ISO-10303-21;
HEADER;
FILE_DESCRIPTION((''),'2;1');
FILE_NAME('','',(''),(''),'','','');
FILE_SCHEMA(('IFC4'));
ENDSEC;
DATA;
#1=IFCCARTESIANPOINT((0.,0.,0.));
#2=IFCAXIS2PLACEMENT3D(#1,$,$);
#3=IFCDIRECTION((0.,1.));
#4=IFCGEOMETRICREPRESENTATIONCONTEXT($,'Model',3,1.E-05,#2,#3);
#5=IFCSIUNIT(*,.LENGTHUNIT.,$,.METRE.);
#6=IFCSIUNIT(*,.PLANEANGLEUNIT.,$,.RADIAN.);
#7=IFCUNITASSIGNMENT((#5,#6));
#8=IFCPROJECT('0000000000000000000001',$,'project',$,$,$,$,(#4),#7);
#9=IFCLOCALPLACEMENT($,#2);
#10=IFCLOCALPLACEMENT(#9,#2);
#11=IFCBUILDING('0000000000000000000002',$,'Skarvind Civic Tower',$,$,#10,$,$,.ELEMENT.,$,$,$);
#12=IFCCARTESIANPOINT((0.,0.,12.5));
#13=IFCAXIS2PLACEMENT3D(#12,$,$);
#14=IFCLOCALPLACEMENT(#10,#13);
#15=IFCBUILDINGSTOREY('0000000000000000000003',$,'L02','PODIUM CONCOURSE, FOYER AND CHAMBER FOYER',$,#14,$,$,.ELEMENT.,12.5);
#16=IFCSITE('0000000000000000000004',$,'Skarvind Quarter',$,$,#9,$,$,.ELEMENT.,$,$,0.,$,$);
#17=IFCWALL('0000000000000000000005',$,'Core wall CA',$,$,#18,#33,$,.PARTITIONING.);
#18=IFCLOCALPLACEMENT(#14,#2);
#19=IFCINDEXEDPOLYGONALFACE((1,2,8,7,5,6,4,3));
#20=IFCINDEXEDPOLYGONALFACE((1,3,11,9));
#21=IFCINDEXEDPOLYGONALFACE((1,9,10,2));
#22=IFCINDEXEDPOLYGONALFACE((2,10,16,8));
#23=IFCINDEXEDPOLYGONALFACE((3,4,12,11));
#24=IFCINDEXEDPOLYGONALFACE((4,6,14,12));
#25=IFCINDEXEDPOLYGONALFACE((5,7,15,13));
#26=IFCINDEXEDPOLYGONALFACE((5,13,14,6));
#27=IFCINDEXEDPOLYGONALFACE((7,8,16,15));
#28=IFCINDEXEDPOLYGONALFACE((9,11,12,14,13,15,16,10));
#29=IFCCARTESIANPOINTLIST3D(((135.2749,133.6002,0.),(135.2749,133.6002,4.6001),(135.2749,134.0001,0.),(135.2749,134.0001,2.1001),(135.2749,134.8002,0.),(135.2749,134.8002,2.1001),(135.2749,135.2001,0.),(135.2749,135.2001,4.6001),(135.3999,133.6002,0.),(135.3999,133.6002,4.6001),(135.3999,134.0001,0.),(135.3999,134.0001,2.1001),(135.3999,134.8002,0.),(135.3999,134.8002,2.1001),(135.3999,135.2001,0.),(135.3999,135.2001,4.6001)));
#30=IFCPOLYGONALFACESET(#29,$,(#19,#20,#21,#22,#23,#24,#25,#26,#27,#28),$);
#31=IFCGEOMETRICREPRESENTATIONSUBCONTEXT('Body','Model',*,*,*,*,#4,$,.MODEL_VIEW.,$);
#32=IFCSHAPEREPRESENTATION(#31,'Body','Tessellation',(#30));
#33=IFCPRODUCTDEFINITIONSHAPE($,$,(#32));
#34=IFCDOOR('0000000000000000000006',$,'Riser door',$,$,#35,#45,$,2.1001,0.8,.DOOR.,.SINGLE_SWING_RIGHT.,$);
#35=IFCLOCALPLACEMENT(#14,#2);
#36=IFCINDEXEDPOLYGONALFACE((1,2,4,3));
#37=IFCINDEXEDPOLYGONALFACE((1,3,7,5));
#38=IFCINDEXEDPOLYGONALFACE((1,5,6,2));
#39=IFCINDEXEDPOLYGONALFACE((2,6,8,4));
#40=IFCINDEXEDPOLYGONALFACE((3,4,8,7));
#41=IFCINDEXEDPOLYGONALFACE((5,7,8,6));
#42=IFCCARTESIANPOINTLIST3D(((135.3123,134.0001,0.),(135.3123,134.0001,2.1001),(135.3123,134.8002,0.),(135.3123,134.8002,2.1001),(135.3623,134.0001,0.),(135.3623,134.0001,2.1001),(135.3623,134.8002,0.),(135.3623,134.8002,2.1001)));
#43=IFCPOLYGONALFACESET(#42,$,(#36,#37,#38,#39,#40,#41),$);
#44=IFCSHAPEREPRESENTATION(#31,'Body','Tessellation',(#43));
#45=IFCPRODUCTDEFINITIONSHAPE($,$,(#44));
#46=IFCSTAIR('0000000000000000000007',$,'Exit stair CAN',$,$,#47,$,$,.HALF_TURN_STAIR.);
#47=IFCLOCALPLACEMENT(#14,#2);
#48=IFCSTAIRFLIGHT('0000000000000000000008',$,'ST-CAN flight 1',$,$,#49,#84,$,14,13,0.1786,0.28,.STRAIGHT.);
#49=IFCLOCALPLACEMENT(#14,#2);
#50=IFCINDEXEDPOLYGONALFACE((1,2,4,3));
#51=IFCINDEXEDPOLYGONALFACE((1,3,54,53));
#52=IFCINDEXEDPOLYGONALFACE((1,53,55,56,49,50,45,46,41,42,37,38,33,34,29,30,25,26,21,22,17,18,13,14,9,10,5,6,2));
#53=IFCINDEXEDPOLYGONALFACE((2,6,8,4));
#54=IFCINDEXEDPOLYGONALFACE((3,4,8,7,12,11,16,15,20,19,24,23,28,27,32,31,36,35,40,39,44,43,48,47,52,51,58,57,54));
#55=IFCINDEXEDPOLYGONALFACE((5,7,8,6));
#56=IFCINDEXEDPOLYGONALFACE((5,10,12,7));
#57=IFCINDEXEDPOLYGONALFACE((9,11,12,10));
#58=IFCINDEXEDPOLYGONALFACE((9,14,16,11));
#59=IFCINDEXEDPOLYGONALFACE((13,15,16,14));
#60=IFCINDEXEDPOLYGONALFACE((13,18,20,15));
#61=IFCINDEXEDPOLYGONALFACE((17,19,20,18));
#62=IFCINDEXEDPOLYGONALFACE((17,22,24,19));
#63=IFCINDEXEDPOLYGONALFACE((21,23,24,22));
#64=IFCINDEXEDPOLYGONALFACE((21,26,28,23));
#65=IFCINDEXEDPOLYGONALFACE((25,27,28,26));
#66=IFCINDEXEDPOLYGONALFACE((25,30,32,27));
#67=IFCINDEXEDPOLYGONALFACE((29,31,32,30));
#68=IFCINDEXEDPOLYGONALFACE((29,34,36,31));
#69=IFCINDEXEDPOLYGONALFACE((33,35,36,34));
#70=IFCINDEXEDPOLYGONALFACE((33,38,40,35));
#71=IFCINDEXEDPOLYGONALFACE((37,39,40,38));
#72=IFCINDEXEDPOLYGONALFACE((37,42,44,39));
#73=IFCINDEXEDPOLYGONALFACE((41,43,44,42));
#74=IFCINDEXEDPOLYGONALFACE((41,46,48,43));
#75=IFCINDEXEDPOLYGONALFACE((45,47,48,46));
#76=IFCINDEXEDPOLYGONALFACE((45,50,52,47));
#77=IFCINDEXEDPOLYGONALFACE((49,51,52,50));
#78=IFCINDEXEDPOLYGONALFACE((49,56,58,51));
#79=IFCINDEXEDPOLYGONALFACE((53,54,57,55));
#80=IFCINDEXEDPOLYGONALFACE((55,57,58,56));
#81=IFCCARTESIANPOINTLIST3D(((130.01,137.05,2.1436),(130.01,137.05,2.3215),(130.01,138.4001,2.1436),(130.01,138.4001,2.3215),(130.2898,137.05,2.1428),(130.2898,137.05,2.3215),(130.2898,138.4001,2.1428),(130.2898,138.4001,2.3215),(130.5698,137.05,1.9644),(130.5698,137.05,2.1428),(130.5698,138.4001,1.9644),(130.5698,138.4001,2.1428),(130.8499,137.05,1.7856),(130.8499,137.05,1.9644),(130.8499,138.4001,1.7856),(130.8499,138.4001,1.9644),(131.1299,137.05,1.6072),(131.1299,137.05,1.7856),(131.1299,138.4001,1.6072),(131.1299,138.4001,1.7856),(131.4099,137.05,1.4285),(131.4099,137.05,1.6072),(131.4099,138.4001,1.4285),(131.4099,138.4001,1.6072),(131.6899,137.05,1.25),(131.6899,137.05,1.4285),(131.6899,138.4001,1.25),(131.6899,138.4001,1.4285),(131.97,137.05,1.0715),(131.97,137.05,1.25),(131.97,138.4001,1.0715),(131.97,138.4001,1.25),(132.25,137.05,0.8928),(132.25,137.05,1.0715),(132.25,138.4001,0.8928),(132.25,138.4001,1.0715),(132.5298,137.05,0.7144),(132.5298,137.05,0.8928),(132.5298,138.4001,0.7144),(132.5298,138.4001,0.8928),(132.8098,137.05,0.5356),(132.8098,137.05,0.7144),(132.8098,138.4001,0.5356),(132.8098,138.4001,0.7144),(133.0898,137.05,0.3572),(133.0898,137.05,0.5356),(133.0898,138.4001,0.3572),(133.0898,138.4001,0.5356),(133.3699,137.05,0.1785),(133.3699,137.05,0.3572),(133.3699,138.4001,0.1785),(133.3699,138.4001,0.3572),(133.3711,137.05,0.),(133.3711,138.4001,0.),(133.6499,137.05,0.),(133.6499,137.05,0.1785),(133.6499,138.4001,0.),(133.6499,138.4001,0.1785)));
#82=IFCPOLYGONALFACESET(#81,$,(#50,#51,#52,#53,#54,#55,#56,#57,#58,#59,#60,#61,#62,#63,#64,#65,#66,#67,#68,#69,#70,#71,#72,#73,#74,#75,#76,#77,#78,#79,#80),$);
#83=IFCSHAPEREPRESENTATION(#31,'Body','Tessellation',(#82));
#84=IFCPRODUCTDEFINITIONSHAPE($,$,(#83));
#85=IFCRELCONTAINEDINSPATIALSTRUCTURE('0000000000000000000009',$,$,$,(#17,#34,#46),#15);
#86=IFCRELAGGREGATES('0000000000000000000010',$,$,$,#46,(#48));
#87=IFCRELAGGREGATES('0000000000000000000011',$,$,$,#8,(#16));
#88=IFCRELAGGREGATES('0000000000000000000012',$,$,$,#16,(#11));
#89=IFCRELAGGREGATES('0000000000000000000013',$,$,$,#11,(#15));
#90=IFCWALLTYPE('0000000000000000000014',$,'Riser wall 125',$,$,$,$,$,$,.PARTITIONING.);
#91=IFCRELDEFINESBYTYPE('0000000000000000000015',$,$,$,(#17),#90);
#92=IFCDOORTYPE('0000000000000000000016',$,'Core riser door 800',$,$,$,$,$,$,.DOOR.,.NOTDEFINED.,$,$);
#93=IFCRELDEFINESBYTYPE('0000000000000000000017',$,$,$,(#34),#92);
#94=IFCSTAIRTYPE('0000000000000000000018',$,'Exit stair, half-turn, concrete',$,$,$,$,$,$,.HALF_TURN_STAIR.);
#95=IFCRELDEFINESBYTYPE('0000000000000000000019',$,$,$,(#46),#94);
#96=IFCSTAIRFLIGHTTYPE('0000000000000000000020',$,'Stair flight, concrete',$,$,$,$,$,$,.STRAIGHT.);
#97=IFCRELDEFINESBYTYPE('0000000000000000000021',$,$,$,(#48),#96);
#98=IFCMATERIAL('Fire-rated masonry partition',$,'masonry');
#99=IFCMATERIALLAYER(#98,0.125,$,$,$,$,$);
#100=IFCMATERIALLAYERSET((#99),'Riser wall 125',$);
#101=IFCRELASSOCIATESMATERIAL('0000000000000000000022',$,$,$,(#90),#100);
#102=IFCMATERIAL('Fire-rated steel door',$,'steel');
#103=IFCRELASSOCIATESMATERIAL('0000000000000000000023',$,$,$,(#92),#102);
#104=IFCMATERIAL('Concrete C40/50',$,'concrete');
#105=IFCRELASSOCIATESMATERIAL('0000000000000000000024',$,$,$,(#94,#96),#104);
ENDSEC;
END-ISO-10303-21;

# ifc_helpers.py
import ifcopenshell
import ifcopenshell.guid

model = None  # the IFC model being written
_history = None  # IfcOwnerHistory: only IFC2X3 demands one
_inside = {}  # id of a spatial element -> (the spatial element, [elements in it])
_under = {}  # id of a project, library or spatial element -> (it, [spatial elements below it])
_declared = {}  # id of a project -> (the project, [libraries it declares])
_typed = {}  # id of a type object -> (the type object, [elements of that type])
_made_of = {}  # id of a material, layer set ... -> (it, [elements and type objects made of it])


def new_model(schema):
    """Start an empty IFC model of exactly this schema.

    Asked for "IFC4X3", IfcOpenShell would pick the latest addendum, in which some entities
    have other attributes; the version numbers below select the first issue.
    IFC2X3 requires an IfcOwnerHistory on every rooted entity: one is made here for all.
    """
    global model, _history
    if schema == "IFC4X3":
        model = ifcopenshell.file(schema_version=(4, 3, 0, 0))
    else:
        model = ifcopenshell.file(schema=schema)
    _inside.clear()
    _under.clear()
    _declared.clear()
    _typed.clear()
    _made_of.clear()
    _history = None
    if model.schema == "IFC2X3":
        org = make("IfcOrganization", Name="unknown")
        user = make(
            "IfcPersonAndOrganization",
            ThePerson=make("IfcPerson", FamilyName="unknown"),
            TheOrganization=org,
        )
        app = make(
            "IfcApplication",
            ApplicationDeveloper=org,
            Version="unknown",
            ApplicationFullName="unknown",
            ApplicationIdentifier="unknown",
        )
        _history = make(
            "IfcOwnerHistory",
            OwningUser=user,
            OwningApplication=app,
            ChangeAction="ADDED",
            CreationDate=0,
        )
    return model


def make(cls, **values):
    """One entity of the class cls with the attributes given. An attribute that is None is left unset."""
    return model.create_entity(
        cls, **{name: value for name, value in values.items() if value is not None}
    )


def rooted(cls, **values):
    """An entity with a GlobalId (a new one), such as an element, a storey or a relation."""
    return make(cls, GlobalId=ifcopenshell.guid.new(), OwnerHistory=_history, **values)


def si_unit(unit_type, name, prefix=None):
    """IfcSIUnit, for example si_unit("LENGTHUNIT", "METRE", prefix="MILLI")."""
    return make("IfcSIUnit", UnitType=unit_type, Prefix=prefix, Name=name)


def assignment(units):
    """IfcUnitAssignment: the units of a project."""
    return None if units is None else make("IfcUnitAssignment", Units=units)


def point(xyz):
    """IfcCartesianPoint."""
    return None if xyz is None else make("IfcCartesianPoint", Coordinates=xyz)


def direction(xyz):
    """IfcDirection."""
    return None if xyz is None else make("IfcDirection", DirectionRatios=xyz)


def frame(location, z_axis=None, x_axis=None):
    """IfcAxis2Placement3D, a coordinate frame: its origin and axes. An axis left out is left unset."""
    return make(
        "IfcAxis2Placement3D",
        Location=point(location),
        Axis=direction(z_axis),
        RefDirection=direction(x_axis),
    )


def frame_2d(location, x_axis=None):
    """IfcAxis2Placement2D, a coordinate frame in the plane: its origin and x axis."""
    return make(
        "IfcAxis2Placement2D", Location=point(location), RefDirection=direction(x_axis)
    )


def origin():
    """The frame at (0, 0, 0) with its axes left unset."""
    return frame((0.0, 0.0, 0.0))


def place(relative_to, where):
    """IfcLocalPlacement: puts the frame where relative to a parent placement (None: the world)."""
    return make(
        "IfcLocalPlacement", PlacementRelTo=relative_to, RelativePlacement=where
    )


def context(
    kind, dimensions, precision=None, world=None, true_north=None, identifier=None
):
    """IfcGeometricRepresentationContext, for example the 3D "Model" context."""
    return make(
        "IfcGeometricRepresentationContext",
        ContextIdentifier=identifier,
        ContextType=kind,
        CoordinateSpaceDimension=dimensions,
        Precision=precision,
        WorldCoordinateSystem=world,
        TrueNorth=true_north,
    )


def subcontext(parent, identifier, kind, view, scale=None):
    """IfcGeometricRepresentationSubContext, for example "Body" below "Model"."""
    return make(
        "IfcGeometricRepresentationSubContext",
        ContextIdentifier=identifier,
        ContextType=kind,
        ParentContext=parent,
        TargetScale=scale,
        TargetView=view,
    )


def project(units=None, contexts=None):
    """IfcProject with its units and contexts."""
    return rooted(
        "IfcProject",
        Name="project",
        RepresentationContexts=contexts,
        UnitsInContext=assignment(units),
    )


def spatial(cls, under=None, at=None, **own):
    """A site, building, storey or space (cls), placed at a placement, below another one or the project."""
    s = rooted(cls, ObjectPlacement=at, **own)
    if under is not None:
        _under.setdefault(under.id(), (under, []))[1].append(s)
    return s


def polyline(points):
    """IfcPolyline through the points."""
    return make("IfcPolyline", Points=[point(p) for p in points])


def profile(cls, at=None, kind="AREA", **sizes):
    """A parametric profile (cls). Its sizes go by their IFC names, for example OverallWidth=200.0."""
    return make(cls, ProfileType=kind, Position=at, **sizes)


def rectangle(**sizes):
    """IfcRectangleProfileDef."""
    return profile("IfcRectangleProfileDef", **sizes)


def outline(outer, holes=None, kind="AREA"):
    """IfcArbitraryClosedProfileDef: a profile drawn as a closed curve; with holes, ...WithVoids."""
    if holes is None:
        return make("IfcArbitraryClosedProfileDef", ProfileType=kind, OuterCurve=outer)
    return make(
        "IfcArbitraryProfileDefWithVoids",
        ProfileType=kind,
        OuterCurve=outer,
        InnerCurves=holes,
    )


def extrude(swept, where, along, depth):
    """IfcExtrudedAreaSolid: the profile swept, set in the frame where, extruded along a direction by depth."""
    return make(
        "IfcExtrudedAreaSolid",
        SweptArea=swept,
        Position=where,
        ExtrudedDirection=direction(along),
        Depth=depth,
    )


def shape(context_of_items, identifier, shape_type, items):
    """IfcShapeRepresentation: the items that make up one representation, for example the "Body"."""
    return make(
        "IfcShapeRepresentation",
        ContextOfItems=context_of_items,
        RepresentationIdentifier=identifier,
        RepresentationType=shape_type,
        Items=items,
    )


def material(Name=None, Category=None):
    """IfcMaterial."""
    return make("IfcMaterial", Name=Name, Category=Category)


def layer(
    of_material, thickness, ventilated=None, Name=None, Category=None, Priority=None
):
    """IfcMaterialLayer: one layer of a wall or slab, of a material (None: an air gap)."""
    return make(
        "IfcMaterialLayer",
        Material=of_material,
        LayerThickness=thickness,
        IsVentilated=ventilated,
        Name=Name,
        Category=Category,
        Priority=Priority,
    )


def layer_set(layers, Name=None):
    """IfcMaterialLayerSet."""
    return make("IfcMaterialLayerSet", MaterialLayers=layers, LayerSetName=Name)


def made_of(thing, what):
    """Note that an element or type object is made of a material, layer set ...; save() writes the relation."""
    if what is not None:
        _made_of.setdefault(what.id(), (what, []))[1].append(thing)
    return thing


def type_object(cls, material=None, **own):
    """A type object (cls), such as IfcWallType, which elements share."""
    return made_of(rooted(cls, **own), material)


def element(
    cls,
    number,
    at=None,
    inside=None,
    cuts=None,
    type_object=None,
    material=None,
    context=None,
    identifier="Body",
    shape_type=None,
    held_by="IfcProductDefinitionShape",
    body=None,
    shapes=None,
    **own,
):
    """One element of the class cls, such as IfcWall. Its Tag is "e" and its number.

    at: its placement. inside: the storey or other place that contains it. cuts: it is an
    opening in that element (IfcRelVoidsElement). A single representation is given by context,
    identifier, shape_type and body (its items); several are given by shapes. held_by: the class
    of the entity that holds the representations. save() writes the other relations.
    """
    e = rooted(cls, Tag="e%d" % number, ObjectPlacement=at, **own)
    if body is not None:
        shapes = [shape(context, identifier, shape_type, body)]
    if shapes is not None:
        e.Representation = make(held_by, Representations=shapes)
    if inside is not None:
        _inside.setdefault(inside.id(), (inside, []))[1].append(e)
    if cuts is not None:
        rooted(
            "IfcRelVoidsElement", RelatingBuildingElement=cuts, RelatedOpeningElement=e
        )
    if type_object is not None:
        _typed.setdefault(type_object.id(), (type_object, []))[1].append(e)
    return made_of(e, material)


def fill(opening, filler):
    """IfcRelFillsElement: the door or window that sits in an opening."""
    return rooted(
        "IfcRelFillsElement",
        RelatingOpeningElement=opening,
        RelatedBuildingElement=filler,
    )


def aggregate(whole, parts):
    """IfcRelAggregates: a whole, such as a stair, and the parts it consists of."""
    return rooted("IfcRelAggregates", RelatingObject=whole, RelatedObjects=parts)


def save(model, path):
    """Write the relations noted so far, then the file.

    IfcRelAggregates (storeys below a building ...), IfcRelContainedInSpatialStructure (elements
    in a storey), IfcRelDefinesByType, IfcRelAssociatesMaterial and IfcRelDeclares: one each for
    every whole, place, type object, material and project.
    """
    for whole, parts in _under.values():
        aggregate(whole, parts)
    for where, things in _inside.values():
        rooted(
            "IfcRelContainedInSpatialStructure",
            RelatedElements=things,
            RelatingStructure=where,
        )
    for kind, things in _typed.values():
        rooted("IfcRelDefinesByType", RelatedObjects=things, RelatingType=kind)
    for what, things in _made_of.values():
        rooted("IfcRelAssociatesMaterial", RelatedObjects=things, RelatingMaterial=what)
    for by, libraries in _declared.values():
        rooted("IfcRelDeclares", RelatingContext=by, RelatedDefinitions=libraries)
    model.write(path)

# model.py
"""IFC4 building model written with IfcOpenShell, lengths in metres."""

from ifc_helpers import new_model, si_unit, direction, frame, frame_2d, origin, place, context, subcontext, project, spatial, polyline, rectangle, outline, extrude, material, layer, layer_set, type_object, element, fill, aggregate, save


model = new_model("IFC4")

# Units and contexts
model_context = context("Model", 3, precision=1e-05, world=origin(), true_north=direction((0.0, 1.0)))
body_context = subcontext(model_context, "Body", "Model", "MODEL_VIEW")
ifc_project = project(units=[si_unit("LENGTHUNIT", "METRE"), si_unit("PLANEANGLEUNIT", "RADIAN")], contexts=[model_context])

# Site, building, storey
site_placement = place(None, origin())
site = spatial("IfcSite", under=ifc_project, at=site_placement, Name="Skarvind Quarter", CompositionType="ELEMENT", RefElevation=0.0)
building_placement = place(site_placement, origin())
building = spatial("IfcBuilding", under=site, at=building_placement, Name="Skarvind Civic Tower", CompositionType="ELEMENT")
storey_placement = place(building_placement, frame((0.0, 0.0, 12.5)))
storey = spatial("IfcBuildingStorey", under=building, at=storey_placement, Name="L02", Description="PODIUM CONCOURSE, FOYER AND CHAMBER FOYER", CompositionType="ELEMENT", Elevation=12.5)

# Shared definitions
ifc_material_1 = material(Name="Fire-rated masonry partition", Category="masonry")
ifc_material_2 = material(Name="Fire-rated steel door", Category="steel")

# Wall, opening, door
ifc_layer_1 = layer(ifc_material_1, 0.125)
ifc_layer_set_1 = layer_set([ifc_layer_1], Name="Riser wall 125")
wall_type_1 = type_object("IfcWallType", Name="Riser wall 125", PredefinedType="PARTITIONING", material=ifc_layer_set_1)
wall_1_placement = place(storey_placement, frame((135.3374, 135.2, 0.0), z_axis=(0.0, 0.0, 1.0), x_axis=(0.0, -1.0, 0.0)))
wall_1 = element("IfcWall", 1, at=wall_1_placement, inside=storey, type_object=wall_type_1, Name="Core wall CA", PredefinedType="PARTITIONING", context=body_context, shape_type="SweptSolid", body=[
    extrude(rectangle(XDim=1.5999, YDim=0.125, at=frame_2d((0.7998, 0.0))), origin(), (0.0, 0.0, 1.0), 4.6001),
])
opening_1_placement = place(wall_1_placement, frame((0.3999, 0.0, 0.0)))
opening_1 = element("IfcOpeningElement", 2, at=opening_1_placement, cuts=wall_1, PredefinedType="OPENING", context=body_context, shape_type="SweptSolid", body=[
    extrude(rectangle(XDim=0.8, YDim=2.1001, at=frame_2d((0.3999, 1.05))), frame((0.0, 0.0725, 0.0), z_axis=(0.0, -1.0, 0.0), x_axis=(1.0, 0.0, 0.0)), (0.0, 0.0, 1.0), 0.145),
])
door_type_1 = type_object("IfcDoorType", Name="Core riser door 800", OperationType="NOTDEFINED", PredefinedType="DOOR", material=ifc_material_2)
door_1_placement = place(opening_1_placement, origin())
door_1 = element("IfcDoor", 3, at=door_1_placement, inside=storey, type_object=door_type_1, Name="Riser door", OperationType="SINGLE_SWING_RIGHT", OverallHeight=2.1001, OverallWidth=0.8, PredefinedType="DOOR", context=body_context, shape_type="SweptSolid", body=[
    extrude(rectangle(XDim=0.8, YDim=2.1001, at=frame_2d((0.3999, 1.05))), frame((0.0, 0.0249, 0.0), z_axis=(0.0, -1.0, 0.0), x_axis=(1.0, 0.0, 0.0)), (0.0, 0.0, 1.0), 0.05),
])
fill(opening_1, door_1)

# Stair, stair flight
ifc_material_3 = material(Name="Concrete C40/50", Category="concrete")
stair_type = type_object("IfcStairType", Name="Exit stair, half-turn, concrete", PredefinedType="HALF_TURN_STAIR", material=ifc_material_3)
stair_placement = place(storey_placement, origin())
stair = element("IfcStair", 4, at=stair_placement, inside=storey, type_object=stair_type, Name="Exit stair CAN", PredefinedType="HALF_TURN_STAIR")
stair_flight_type = type_object("IfcStairFlightType", Name="Stair flight, concrete", PredefinedType="STRAIGHT", material=ifc_material_3)
stair_flight_placement = place(storey_placement, frame((133.6499, 137.7251, 0.0), z_axis=(0.0, 0.0, 1.0), x_axis=(-1.0, 0.0, 0.0)))
stair_flight = element("IfcStairFlight", 5, at=stair_flight_placement, type_object=stair_flight_type, Name="ST-CAN flight 1", NumberOfRisers=14, NumberOfTreads=13, PredefinedType="STRAIGHT", RiserHeight=0.1786, TreadLength=0.28, context=body_context, shape_type="SweptSolid", body=[
    extrude(outline(polyline([(0.0, 0.0), (0.0, 0.1785), (0.28, 0.1785), (0.28, 0.3572), (0.5601, 0.3572), (0.5601, 0.5356), (0.8401, 0.5356), (0.8401, 0.7144), (1.1201, 0.7144), (1.1201, 0.8928), (1.3999, 0.8928), (1.3999, 1.0715), (1.6799, 1.0715), (1.6799, 1.25), (1.96, 1.25), (1.96, 1.4285), (2.24, 1.4285), (2.24, 1.6072), (2.52, 1.6072), (2.52, 1.7856), (2.8, 1.7856), (2.8, 1.9644), (3.0801, 1.9644), (3.0801, 2.1428), (3.3601, 2.1428), (3.3601, 2.3215), (3.6399, 2.3215), (3.6399, 2.5), (3.6399, 2.1436), (0.2788, 0.0), (0.0, 0.0)])), frame((0.0, 0.675, 0.0), z_axis=(0.0, -1.0, 0.0), x_axis=(1.0, 0.0, 0.0)), (0.0, 0.0, 1.0), 1.3501),
])
aggregate(stair, [stair_flight])

save(model, "model.ifc")
